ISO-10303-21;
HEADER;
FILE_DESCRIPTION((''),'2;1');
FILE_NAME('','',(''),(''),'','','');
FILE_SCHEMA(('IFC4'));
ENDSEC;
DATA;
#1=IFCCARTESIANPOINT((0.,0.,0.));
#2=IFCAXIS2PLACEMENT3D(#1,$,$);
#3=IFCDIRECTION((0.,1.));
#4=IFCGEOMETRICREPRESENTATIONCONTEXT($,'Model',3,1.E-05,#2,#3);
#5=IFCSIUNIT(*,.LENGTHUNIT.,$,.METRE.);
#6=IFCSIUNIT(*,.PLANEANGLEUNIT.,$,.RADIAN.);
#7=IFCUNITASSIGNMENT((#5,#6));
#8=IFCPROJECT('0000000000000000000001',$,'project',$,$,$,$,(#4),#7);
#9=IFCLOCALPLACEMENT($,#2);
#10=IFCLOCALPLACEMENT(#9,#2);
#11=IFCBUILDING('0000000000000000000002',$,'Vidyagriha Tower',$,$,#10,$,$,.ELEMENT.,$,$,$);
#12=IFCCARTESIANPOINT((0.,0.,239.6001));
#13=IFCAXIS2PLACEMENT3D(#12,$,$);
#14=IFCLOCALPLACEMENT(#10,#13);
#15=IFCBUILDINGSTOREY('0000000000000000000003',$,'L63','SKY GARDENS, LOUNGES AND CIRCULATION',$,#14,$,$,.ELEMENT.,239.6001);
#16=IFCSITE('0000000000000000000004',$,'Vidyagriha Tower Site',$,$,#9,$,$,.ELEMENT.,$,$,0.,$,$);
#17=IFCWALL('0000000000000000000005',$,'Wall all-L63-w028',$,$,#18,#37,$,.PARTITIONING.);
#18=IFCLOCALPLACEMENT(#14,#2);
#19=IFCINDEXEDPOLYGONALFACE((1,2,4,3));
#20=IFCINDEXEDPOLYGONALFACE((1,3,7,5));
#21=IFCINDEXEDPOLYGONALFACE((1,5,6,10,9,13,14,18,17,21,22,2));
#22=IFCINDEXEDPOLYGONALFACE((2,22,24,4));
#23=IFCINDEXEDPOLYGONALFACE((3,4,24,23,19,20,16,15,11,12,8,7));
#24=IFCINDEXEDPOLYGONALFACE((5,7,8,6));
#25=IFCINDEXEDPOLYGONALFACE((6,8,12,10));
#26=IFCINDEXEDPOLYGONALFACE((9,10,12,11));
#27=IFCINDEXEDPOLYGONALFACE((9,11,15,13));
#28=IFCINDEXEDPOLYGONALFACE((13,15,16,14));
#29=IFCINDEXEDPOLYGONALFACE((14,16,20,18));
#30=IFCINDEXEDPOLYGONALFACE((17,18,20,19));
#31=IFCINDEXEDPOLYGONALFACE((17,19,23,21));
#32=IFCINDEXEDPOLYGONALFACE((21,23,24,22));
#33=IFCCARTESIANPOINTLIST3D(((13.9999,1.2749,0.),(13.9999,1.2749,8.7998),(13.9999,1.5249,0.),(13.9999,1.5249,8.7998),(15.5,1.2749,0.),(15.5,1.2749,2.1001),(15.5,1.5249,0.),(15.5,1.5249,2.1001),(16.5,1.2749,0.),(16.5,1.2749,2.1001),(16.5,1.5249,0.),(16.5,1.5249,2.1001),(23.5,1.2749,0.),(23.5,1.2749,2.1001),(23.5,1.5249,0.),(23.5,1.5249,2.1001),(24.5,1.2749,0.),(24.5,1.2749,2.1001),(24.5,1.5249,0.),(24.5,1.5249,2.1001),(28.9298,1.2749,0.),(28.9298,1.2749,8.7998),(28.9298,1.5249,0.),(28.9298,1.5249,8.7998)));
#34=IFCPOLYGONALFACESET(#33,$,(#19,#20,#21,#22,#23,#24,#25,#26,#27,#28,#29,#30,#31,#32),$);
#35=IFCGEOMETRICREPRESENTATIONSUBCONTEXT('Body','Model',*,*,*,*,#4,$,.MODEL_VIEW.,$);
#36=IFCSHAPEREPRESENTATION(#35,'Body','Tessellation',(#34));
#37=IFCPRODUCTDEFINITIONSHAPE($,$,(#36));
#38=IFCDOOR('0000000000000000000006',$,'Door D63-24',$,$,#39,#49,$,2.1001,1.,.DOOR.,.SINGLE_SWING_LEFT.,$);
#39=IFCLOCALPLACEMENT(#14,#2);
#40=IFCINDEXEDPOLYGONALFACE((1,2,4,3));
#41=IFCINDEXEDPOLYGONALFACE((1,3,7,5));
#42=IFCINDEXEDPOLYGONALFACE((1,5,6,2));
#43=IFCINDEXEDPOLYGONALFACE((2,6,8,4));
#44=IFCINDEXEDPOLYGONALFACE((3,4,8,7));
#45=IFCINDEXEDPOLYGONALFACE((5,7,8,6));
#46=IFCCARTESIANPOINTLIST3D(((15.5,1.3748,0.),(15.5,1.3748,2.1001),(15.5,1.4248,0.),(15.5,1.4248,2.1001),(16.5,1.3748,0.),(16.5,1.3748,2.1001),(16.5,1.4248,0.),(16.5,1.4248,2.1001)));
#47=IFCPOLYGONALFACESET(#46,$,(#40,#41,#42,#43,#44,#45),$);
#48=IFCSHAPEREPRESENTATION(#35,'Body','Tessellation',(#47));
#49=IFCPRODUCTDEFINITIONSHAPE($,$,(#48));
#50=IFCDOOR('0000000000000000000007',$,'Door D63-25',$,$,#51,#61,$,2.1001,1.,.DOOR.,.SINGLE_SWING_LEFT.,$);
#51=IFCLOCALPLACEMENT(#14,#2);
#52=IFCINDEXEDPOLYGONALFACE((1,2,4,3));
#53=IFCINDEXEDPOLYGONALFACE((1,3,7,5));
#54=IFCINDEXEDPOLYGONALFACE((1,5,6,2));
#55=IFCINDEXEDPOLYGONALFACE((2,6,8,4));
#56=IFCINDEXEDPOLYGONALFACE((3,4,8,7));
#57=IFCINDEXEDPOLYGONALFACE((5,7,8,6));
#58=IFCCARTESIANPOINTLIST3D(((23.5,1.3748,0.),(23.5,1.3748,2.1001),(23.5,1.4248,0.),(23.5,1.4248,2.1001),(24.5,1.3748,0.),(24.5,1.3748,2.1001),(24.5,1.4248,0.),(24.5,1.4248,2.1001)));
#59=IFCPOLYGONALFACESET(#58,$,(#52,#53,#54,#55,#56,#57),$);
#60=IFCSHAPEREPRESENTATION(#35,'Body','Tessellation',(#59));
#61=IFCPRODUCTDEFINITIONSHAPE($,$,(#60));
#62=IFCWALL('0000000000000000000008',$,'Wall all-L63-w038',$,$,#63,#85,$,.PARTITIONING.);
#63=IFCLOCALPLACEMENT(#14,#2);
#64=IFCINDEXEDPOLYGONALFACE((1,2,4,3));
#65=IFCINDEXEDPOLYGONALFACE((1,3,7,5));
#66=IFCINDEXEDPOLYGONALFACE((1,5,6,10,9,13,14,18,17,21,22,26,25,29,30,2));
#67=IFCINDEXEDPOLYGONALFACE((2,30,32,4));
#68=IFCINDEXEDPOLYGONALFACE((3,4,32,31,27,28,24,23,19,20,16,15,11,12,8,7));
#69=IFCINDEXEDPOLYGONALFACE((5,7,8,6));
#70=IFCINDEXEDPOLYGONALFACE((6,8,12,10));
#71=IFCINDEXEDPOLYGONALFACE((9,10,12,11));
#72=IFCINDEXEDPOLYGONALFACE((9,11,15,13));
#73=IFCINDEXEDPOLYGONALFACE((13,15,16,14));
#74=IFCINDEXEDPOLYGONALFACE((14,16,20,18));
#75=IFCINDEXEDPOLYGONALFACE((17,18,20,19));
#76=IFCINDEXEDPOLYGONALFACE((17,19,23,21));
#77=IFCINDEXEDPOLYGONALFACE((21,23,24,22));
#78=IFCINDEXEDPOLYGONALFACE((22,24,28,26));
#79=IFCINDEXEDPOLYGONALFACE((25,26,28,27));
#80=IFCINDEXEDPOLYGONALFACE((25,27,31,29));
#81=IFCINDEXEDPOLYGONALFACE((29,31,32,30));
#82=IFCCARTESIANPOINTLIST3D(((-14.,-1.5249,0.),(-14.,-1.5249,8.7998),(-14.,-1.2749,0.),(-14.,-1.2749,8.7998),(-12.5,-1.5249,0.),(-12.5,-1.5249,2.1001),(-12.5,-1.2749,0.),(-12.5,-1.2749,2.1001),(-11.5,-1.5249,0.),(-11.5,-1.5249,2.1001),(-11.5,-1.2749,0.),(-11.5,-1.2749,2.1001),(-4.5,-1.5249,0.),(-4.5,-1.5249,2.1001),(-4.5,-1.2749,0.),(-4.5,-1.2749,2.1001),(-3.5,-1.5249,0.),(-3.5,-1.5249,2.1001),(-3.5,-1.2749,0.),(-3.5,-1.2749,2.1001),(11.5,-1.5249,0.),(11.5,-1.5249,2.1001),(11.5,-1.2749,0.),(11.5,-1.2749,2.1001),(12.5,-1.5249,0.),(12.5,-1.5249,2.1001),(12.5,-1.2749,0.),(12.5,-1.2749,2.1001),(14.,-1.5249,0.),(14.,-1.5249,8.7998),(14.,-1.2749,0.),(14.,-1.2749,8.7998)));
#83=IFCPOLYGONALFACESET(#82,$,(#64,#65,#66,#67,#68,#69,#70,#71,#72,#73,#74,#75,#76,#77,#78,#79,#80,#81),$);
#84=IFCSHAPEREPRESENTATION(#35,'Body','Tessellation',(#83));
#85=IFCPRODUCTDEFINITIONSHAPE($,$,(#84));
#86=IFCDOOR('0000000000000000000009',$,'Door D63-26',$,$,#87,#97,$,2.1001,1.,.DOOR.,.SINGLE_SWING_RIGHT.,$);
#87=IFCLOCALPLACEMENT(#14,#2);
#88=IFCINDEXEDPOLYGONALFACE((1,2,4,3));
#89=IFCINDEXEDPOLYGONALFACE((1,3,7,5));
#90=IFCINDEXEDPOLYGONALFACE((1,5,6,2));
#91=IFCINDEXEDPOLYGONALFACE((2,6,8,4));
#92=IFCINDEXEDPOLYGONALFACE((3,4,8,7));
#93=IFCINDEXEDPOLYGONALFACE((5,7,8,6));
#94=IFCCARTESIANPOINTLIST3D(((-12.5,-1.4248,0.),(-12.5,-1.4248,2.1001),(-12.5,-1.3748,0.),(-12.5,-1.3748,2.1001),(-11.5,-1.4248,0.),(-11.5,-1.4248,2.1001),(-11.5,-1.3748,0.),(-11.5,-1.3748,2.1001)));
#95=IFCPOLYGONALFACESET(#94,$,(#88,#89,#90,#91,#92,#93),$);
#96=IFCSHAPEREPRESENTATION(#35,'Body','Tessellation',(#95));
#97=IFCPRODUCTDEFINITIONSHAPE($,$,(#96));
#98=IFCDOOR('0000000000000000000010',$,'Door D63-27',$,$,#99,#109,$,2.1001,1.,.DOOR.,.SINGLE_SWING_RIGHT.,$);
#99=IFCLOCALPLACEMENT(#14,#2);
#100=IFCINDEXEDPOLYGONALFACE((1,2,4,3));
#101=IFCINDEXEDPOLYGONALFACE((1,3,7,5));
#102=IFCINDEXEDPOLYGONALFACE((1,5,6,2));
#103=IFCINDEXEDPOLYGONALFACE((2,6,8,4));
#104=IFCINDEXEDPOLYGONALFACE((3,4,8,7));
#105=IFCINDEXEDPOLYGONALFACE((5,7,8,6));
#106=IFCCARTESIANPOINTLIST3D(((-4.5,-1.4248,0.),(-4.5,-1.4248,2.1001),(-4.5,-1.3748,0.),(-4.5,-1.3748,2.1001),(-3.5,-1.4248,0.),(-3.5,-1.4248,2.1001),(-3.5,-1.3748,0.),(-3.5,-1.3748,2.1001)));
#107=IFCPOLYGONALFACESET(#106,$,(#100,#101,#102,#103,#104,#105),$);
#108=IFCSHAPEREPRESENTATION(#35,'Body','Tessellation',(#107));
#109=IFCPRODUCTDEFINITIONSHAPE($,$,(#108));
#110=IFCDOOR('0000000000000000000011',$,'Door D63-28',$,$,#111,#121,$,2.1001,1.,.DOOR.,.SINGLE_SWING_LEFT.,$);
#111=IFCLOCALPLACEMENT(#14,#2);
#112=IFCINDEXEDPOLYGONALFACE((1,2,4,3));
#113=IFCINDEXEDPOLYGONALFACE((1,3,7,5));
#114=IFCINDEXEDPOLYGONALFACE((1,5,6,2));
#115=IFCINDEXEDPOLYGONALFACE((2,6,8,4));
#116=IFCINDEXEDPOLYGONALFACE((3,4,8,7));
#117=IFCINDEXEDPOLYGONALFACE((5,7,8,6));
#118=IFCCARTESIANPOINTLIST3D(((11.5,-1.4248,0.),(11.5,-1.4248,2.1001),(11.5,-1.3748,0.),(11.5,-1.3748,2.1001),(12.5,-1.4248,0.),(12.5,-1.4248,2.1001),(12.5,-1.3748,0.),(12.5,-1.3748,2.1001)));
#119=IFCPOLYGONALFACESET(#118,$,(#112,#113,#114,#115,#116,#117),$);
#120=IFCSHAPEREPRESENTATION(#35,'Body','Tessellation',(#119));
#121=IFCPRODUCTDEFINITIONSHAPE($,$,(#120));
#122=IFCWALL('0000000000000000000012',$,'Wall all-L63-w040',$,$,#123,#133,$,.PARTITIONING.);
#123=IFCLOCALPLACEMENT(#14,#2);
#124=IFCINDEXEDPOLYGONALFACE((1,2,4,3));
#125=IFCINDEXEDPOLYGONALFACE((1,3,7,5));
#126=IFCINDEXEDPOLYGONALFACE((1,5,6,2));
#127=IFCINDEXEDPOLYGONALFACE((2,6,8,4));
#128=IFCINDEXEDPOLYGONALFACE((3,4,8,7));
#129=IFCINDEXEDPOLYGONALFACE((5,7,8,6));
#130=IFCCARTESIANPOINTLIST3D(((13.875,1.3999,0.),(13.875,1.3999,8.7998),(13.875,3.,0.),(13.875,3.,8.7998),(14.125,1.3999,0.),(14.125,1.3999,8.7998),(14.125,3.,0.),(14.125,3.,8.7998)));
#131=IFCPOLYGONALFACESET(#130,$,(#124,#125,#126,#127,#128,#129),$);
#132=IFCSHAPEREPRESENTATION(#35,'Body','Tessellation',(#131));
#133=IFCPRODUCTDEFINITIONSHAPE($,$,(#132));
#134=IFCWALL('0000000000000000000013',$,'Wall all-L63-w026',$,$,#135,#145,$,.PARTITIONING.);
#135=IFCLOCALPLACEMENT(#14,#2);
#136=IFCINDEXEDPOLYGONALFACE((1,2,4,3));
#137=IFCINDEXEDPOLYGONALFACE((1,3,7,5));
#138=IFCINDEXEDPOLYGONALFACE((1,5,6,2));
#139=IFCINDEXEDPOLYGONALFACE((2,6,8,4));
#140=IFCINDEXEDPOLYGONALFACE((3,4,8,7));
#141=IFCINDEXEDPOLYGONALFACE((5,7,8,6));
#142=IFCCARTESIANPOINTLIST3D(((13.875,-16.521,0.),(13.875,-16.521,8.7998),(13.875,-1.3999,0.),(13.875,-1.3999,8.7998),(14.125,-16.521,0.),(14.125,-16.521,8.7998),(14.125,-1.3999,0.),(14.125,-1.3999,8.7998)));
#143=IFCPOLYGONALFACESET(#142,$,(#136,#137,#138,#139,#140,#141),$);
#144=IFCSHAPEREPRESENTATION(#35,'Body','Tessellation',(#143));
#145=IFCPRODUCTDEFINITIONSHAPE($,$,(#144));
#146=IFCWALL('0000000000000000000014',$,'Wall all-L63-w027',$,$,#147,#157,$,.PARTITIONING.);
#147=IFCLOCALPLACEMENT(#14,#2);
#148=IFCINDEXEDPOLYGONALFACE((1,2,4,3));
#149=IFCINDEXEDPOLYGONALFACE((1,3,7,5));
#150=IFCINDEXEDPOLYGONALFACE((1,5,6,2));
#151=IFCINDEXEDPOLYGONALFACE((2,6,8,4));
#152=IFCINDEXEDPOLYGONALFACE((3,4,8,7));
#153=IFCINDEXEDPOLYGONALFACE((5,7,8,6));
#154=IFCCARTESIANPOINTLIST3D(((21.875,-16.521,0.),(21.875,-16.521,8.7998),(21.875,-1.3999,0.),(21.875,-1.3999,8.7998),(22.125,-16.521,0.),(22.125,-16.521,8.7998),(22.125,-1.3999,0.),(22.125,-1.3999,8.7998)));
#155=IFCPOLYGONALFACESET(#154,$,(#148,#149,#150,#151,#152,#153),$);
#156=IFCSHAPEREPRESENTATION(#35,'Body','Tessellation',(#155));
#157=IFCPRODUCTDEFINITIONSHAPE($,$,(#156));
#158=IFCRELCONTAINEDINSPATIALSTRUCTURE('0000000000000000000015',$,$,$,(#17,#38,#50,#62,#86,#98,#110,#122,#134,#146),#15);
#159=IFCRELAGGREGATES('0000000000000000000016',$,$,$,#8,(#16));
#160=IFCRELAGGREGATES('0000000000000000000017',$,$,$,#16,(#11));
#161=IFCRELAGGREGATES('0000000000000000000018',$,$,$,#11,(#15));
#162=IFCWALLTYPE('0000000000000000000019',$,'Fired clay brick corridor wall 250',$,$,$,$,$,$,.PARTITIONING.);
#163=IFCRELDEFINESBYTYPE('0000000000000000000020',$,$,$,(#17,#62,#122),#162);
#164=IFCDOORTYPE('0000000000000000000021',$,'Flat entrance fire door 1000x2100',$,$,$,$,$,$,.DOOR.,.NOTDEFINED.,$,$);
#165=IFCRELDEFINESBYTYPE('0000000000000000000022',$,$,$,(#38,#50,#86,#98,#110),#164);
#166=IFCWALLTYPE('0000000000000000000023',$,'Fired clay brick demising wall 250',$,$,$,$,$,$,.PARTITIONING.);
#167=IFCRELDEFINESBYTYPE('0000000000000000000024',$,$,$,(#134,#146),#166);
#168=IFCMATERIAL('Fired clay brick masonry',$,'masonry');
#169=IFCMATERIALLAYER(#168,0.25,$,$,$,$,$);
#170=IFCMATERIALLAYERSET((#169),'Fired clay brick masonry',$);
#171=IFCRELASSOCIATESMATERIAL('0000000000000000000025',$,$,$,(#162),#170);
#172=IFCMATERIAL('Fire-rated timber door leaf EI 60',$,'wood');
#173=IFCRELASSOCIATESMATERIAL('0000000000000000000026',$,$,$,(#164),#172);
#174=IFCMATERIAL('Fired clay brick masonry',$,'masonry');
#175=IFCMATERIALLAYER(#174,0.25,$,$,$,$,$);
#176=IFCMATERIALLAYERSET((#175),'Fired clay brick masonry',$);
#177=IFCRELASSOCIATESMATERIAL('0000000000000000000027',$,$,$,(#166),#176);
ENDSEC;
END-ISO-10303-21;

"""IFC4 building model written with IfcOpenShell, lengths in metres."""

from ifc_helpers import new_model, si_unit, direction, frame, frame_2d, origin, place, context, subcontext, project, spatial, rectangle, extrude, material, layer, layer_set, type_object, element, fill, save


model = new_model("IFC4")

# Units and contexts
model_context = context("Model", 3, precision=1e-05, world=origin(), true_north=direction((0.0, 1.0)))
body_context = subcontext(model_context, "Body", "Model", "MODEL_VIEW")
ifc_project = project(units=[si_unit("LENGTHUNIT", "METRE"), si_unit("PLANEANGLEUNIT", "RADIAN")], contexts=[model_context])

# Site, building, storey
site_placement = place(None, origin())
site = spatial("IfcSite", under=ifc_project, at=site_placement, Name="Vidyagriha Tower Site", CompositionType="ELEMENT", RefElevation=0.0)
building_placement = place(site_placement, origin())
building = spatial("IfcBuilding", under=site, at=building_placement, Name="Vidyagriha Tower", CompositionType="ELEMENT")
storey_placement = place(building_placement, frame((0.0, 0.0, 239.6001)))
storey = spatial("IfcBuildingStorey", under=building, at=storey_placement, Name="L63", Description="SKY GARDENS, LOUNGES AND CIRCULATION", CompositionType="ELEMENT", Elevation=239.6001)

# Walls, openings, doors
ifc_material_1 = material(Name="Fired clay brick masonry", Category="masonry")
ifc_layer_1 = layer(ifc_material_1, 0.25)
ifc_layer_set_1 = layer_set([ifc_layer_1], Name="Fired clay brick masonry")
wall_type_1 = type_object("IfcWallType", Name="Fired clay brick corridor wall 250", PredefinedType="PARTITIONING", material=ifc_layer_set_1)
wall_1_placement = place(storey_placement, frame((14.0, 1.3999, 0.0)))
wall_1 = element("IfcWall", 1, at=wall_1_placement, inside=storey, type_object=wall_type_1, Name="Wall all-L63-w028", PredefinedType="PARTITIONING", context=body_context, shape_type="SweptSolid", body=[
    extrude(rectangle(XDim=14.9299, YDim=0.25, at=frame_2d((7.4648, 0.0))), origin(), (0.0, 0.0, 1.0), 8.7998),
])
opening_1_placement = place(wall_1_placement, frame((1.5, 0.0, 0.0)))
opening_1 = element("IfcOpeningElement", 2, at=opening_1_placement, cuts=wall_1, PredefinedType="OPENING", context=body_context, shape_type="SweptSolid", body=[
    extrude(rectangle(XDim=1.0, YDim=2.1001, at=frame_2d((0.5, 1.05))), frame((0.0, 0.135, 0.0), z_axis=(0.0, -1.0, 0.0), x_axis=(1.0, 0.0, 0.0)), (0.0, 0.0, 1.0), 0.27),
])
opening_2_placement = place(wall_1_placement, frame((9.5, 0.0, 0.0)))
opening_2 = element("IfcOpeningElement", 3, at=opening_2_placement, cuts=wall_1, PredefinedType="OPENING", context=body_context, shape_type="SweptSolid", body=[
    extrude(rectangle(XDim=1.0, YDim=2.1001, at=frame_2d((0.5, 1.05))), frame((0.0, 0.135, 0.0), z_axis=(0.0, -1.0, 0.0), x_axis=(1.0, 0.0, 0.0)), (0.0, 0.0, 1.0), 0.27),
])
ifc_material_2 = material(Name="Fire-rated timber door leaf EI 60", Category="wood")
door_type = type_object("IfcDoorType", Name="Flat entrance fire door 1000x2100", OperationType="NOTDEFINED", PredefinedType="DOOR", material=ifc_material_2)
door_1_placement = place(opening_1_placement, origin())
door_1 = element("IfcDoor", 4, at=door_1_placement, inside=storey, type_object=door_type, Name="Door D63-24", OperationType="SINGLE_SWING_LEFT", OverallHeight=2.1001, OverallWidth=1.0, PredefinedType="DOOR", context=body_context, shape_type="SweptSolid", body=[
    extrude(rectangle(XDim=1.0, YDim=2.1001, at=frame_2d((0.5, 1.05))), frame((0.0, 0.0249, 0.0), z_axis=(0.0, -1.0, 0.0), x_axis=(1.0, 0.0, 0.0)), (0.0, 0.0, 1.0), 0.05),
])
fill(opening_1, door_1)
door_2_placement = place(opening_2_placement, origin())
door_2 = element("IfcDoor", 5, at=door_2_placement, inside=storey, type_object=door_type, Name="Door D63-25", OperationType="SINGLE_SWING_LEFT", OverallHeight=2.1001, OverallWidth=1.0, PredefinedType="DOOR", context=body_context, shape_type="SweptSolid", body=[
    extrude(rectangle(XDim=1.0, YDim=2.1001, at=frame_2d((0.5, 1.05))), frame((0.0, 0.0249, 0.0), z_axis=(0.0, -1.0, 0.0), x_axis=(1.0, 0.0, 0.0)), (0.0, 0.0, 1.0), 0.05),
])
fill(opening_2, door_2)
wall_2_placement = place(storey_placement, frame((14.0, -1.3999, 0.0), z_axis=(0.0, 0.0, 1.0), x_axis=(-1.0, 0.0, 0.0)))
wall_2 = element("IfcWall", 6, at=wall_2_placement, inside=storey, type_object=wall_type_1, Name="Wall all-L63-w038", PredefinedType="PARTITIONING", context=body_context, shape_type="SweptSolid", body=[
    extrude(rectangle(XDim=28.0, YDim=0.25, at=frame_2d((14.0, 0.0))), origin(), (0.0, 0.0, 1.0), 8.7998),
])
opening_3_placement = place(wall_2_placement, frame((25.5, 0.0, 0.0)))
opening_3 = element("IfcOpeningElement", 7, at=opening_3_placement, cuts=wall_2, PredefinedType="OPENING", context=body_context, shape_type="SweptSolid", body=[
    extrude(rectangle(XDim=1.0, YDim=2.1001, at=frame_2d((0.5, 1.05))), frame((0.0, 0.135, 0.0), z_axis=(0.0, -1.0, 0.0), x_axis=(1.0, 0.0, 0.0)), (0.0, 0.0, 1.0), 0.27),
])
opening_4_placement = place(wall_2_placement, frame((17.5, 0.0, 0.0)))
opening_4 = element("IfcOpeningElement", 8, at=opening_4_placement, cuts=wall_2, PredefinedType="OPENING", context=body_context, shape_type="SweptSolid", body=[
    extrude(rectangle(XDim=1.0, YDim=2.1001, at=frame_2d((0.5, 1.05))), frame((0.0, 0.135, 0.0), z_axis=(0.0, -1.0, 0.0), x_axis=(1.0, 0.0, 0.0)), (0.0, 0.0, 1.0), 0.27),
])
opening_5_placement = place(wall_2_placement, frame((1.5, 0.0, 0.0)))
opening_5 = element("IfcOpeningElement", 9, at=opening_5_placement, cuts=wall_2, PredefinedType="OPENING", context=body_context, shape_type="SweptSolid", body=[
    extrude(rectangle(XDim=1.0, YDim=2.1001, at=frame_2d((0.5, 1.05))), frame((0.0, 0.135, 0.0), z_axis=(0.0, -1.0, 0.0), x_axis=(1.0, 0.0, 0.0)), (0.0, 0.0, 1.0), 0.27),
])
door_3_placement = place(opening_3_placement, origin())
door_3 = element("IfcDoor", 10, at=door_3_placement, inside=storey, type_object=door_type, Name="Door D63-26", OperationType="SINGLE_SWING_RIGHT", OverallHeight=2.1001, OverallWidth=1.0, PredefinedType="DOOR", context=body_context, shape_type="SweptSolid", body=[
    extrude(rectangle(XDim=1.0, YDim=2.1001, at=frame_2d((0.5, 1.05))), frame((0.0, 0.0249, 0.0), z_axis=(0.0, -1.0, 0.0), x_axis=(1.0, 0.0, 0.0)), (0.0, 0.0, 1.0), 0.05),
])
fill(opening_3, door_3)
door_4_placement = place(opening_4_placement, origin())
door_4 = element("IfcDoor", 11, at=door_4_placement, inside=storey, type_object=door_type, Name="Door D63-27", OperationType="SINGLE_SWING_RIGHT", OverallHeight=2.1001, OverallWidth=1.0, PredefinedType="DOOR", context=body_context, shape_type="SweptSolid", body=[
    extrude(rectangle(XDim=1.0, YDim=2.1001, at=frame_2d((0.5, 1.05))), frame((0.0, 0.0249, 0.0), z_axis=(0.0, -1.0, 0.0), x_axis=(1.0, 0.0, 0.0)), (0.0, 0.0, 1.0), 0.05),
])
fill(opening_4, door_4)
door_5_placement = place(opening_5_placement, origin())
door_5 = element("IfcDoor", 12, at=door_5_placement, inside=storey, type_object=door_type, Name="Door D63-28", OperationType="SINGLE_SWING_LEFT", OverallHeight=2.1001, OverallWidth=1.0, PredefinedType="DOOR", context=body_context, shape_type="SweptSolid", body=[
    extrude(rectangle(XDim=1.0, YDim=2.1001, at=frame_2d((0.5, 1.05))), frame((0.0, 0.0249, 0.0), z_axis=(0.0, -1.0, 0.0), x_axis=(1.0, 0.0, 0.0)), (0.0, 0.0, 1.0), 0.05),
])
fill(opening_5, door_5)

# Walls
wall_3_placement = place(storey_placement, frame((14.0, 1.3999, 0.0), z_axis=(0.0, 0.0, 1.0), x_axis=(0.0, 1.0, 0.0)))
element("IfcWall", 13, at=wall_3_placement, inside=storey, type_object=wall_type_1, Name="Wall all-L63-w040", PredefinedType="PARTITIONING", context=body_context, shape_type="SweptSolid", body=[
    extrude(rectangle(XDim=1.6001, YDim=0.25, at=frame_2d((0.8, 0.0))), origin(), (0.0, 0.0, 1.0), 8.7998),
])
ifc_material_3 = material(Name="Fired clay brick masonry", Category="masonry")
ifc_layer_2 = layer(ifc_material_3, 0.25)
ifc_layer_set_2 = layer_set([ifc_layer_2], Name="Fired clay brick masonry")
wall_type_2 = type_object("IfcWallType", Name="Fired clay brick demising wall 250", PredefinedType="PARTITIONING", material=ifc_layer_set_2)
for number, where, z_axis, x_axis, name in (
    (14, (14.0, -1.3999, 0.0), (0.0, 0.0, 1.0), (0.0, -1.0, 0.0), "Wall all-L63-w026"),
    (15, (22.0, -1.3999, 0.0), (0.0, 0.0, 1.0), (0.0, -1.0, 0.0), "Wall all-L63-w027"),
):
    element("IfcWall", number, at=place(storey_placement, frame(where, z_axis=z_axis, x_axis=x_axis)), inside=storey, type_object=wall_type_2, Name=name, PredefinedType="PARTITIONING", context=body_context, shape_type="SweptSolid", body=[
        extrude(rectangle(XDim=15.1211, YDim=0.25, at=frame_2d((7.5605, 0.0))), origin(), (0.0, 0.0, 1.0), 8.7998),
    ])

save(model, "model.ifc")
